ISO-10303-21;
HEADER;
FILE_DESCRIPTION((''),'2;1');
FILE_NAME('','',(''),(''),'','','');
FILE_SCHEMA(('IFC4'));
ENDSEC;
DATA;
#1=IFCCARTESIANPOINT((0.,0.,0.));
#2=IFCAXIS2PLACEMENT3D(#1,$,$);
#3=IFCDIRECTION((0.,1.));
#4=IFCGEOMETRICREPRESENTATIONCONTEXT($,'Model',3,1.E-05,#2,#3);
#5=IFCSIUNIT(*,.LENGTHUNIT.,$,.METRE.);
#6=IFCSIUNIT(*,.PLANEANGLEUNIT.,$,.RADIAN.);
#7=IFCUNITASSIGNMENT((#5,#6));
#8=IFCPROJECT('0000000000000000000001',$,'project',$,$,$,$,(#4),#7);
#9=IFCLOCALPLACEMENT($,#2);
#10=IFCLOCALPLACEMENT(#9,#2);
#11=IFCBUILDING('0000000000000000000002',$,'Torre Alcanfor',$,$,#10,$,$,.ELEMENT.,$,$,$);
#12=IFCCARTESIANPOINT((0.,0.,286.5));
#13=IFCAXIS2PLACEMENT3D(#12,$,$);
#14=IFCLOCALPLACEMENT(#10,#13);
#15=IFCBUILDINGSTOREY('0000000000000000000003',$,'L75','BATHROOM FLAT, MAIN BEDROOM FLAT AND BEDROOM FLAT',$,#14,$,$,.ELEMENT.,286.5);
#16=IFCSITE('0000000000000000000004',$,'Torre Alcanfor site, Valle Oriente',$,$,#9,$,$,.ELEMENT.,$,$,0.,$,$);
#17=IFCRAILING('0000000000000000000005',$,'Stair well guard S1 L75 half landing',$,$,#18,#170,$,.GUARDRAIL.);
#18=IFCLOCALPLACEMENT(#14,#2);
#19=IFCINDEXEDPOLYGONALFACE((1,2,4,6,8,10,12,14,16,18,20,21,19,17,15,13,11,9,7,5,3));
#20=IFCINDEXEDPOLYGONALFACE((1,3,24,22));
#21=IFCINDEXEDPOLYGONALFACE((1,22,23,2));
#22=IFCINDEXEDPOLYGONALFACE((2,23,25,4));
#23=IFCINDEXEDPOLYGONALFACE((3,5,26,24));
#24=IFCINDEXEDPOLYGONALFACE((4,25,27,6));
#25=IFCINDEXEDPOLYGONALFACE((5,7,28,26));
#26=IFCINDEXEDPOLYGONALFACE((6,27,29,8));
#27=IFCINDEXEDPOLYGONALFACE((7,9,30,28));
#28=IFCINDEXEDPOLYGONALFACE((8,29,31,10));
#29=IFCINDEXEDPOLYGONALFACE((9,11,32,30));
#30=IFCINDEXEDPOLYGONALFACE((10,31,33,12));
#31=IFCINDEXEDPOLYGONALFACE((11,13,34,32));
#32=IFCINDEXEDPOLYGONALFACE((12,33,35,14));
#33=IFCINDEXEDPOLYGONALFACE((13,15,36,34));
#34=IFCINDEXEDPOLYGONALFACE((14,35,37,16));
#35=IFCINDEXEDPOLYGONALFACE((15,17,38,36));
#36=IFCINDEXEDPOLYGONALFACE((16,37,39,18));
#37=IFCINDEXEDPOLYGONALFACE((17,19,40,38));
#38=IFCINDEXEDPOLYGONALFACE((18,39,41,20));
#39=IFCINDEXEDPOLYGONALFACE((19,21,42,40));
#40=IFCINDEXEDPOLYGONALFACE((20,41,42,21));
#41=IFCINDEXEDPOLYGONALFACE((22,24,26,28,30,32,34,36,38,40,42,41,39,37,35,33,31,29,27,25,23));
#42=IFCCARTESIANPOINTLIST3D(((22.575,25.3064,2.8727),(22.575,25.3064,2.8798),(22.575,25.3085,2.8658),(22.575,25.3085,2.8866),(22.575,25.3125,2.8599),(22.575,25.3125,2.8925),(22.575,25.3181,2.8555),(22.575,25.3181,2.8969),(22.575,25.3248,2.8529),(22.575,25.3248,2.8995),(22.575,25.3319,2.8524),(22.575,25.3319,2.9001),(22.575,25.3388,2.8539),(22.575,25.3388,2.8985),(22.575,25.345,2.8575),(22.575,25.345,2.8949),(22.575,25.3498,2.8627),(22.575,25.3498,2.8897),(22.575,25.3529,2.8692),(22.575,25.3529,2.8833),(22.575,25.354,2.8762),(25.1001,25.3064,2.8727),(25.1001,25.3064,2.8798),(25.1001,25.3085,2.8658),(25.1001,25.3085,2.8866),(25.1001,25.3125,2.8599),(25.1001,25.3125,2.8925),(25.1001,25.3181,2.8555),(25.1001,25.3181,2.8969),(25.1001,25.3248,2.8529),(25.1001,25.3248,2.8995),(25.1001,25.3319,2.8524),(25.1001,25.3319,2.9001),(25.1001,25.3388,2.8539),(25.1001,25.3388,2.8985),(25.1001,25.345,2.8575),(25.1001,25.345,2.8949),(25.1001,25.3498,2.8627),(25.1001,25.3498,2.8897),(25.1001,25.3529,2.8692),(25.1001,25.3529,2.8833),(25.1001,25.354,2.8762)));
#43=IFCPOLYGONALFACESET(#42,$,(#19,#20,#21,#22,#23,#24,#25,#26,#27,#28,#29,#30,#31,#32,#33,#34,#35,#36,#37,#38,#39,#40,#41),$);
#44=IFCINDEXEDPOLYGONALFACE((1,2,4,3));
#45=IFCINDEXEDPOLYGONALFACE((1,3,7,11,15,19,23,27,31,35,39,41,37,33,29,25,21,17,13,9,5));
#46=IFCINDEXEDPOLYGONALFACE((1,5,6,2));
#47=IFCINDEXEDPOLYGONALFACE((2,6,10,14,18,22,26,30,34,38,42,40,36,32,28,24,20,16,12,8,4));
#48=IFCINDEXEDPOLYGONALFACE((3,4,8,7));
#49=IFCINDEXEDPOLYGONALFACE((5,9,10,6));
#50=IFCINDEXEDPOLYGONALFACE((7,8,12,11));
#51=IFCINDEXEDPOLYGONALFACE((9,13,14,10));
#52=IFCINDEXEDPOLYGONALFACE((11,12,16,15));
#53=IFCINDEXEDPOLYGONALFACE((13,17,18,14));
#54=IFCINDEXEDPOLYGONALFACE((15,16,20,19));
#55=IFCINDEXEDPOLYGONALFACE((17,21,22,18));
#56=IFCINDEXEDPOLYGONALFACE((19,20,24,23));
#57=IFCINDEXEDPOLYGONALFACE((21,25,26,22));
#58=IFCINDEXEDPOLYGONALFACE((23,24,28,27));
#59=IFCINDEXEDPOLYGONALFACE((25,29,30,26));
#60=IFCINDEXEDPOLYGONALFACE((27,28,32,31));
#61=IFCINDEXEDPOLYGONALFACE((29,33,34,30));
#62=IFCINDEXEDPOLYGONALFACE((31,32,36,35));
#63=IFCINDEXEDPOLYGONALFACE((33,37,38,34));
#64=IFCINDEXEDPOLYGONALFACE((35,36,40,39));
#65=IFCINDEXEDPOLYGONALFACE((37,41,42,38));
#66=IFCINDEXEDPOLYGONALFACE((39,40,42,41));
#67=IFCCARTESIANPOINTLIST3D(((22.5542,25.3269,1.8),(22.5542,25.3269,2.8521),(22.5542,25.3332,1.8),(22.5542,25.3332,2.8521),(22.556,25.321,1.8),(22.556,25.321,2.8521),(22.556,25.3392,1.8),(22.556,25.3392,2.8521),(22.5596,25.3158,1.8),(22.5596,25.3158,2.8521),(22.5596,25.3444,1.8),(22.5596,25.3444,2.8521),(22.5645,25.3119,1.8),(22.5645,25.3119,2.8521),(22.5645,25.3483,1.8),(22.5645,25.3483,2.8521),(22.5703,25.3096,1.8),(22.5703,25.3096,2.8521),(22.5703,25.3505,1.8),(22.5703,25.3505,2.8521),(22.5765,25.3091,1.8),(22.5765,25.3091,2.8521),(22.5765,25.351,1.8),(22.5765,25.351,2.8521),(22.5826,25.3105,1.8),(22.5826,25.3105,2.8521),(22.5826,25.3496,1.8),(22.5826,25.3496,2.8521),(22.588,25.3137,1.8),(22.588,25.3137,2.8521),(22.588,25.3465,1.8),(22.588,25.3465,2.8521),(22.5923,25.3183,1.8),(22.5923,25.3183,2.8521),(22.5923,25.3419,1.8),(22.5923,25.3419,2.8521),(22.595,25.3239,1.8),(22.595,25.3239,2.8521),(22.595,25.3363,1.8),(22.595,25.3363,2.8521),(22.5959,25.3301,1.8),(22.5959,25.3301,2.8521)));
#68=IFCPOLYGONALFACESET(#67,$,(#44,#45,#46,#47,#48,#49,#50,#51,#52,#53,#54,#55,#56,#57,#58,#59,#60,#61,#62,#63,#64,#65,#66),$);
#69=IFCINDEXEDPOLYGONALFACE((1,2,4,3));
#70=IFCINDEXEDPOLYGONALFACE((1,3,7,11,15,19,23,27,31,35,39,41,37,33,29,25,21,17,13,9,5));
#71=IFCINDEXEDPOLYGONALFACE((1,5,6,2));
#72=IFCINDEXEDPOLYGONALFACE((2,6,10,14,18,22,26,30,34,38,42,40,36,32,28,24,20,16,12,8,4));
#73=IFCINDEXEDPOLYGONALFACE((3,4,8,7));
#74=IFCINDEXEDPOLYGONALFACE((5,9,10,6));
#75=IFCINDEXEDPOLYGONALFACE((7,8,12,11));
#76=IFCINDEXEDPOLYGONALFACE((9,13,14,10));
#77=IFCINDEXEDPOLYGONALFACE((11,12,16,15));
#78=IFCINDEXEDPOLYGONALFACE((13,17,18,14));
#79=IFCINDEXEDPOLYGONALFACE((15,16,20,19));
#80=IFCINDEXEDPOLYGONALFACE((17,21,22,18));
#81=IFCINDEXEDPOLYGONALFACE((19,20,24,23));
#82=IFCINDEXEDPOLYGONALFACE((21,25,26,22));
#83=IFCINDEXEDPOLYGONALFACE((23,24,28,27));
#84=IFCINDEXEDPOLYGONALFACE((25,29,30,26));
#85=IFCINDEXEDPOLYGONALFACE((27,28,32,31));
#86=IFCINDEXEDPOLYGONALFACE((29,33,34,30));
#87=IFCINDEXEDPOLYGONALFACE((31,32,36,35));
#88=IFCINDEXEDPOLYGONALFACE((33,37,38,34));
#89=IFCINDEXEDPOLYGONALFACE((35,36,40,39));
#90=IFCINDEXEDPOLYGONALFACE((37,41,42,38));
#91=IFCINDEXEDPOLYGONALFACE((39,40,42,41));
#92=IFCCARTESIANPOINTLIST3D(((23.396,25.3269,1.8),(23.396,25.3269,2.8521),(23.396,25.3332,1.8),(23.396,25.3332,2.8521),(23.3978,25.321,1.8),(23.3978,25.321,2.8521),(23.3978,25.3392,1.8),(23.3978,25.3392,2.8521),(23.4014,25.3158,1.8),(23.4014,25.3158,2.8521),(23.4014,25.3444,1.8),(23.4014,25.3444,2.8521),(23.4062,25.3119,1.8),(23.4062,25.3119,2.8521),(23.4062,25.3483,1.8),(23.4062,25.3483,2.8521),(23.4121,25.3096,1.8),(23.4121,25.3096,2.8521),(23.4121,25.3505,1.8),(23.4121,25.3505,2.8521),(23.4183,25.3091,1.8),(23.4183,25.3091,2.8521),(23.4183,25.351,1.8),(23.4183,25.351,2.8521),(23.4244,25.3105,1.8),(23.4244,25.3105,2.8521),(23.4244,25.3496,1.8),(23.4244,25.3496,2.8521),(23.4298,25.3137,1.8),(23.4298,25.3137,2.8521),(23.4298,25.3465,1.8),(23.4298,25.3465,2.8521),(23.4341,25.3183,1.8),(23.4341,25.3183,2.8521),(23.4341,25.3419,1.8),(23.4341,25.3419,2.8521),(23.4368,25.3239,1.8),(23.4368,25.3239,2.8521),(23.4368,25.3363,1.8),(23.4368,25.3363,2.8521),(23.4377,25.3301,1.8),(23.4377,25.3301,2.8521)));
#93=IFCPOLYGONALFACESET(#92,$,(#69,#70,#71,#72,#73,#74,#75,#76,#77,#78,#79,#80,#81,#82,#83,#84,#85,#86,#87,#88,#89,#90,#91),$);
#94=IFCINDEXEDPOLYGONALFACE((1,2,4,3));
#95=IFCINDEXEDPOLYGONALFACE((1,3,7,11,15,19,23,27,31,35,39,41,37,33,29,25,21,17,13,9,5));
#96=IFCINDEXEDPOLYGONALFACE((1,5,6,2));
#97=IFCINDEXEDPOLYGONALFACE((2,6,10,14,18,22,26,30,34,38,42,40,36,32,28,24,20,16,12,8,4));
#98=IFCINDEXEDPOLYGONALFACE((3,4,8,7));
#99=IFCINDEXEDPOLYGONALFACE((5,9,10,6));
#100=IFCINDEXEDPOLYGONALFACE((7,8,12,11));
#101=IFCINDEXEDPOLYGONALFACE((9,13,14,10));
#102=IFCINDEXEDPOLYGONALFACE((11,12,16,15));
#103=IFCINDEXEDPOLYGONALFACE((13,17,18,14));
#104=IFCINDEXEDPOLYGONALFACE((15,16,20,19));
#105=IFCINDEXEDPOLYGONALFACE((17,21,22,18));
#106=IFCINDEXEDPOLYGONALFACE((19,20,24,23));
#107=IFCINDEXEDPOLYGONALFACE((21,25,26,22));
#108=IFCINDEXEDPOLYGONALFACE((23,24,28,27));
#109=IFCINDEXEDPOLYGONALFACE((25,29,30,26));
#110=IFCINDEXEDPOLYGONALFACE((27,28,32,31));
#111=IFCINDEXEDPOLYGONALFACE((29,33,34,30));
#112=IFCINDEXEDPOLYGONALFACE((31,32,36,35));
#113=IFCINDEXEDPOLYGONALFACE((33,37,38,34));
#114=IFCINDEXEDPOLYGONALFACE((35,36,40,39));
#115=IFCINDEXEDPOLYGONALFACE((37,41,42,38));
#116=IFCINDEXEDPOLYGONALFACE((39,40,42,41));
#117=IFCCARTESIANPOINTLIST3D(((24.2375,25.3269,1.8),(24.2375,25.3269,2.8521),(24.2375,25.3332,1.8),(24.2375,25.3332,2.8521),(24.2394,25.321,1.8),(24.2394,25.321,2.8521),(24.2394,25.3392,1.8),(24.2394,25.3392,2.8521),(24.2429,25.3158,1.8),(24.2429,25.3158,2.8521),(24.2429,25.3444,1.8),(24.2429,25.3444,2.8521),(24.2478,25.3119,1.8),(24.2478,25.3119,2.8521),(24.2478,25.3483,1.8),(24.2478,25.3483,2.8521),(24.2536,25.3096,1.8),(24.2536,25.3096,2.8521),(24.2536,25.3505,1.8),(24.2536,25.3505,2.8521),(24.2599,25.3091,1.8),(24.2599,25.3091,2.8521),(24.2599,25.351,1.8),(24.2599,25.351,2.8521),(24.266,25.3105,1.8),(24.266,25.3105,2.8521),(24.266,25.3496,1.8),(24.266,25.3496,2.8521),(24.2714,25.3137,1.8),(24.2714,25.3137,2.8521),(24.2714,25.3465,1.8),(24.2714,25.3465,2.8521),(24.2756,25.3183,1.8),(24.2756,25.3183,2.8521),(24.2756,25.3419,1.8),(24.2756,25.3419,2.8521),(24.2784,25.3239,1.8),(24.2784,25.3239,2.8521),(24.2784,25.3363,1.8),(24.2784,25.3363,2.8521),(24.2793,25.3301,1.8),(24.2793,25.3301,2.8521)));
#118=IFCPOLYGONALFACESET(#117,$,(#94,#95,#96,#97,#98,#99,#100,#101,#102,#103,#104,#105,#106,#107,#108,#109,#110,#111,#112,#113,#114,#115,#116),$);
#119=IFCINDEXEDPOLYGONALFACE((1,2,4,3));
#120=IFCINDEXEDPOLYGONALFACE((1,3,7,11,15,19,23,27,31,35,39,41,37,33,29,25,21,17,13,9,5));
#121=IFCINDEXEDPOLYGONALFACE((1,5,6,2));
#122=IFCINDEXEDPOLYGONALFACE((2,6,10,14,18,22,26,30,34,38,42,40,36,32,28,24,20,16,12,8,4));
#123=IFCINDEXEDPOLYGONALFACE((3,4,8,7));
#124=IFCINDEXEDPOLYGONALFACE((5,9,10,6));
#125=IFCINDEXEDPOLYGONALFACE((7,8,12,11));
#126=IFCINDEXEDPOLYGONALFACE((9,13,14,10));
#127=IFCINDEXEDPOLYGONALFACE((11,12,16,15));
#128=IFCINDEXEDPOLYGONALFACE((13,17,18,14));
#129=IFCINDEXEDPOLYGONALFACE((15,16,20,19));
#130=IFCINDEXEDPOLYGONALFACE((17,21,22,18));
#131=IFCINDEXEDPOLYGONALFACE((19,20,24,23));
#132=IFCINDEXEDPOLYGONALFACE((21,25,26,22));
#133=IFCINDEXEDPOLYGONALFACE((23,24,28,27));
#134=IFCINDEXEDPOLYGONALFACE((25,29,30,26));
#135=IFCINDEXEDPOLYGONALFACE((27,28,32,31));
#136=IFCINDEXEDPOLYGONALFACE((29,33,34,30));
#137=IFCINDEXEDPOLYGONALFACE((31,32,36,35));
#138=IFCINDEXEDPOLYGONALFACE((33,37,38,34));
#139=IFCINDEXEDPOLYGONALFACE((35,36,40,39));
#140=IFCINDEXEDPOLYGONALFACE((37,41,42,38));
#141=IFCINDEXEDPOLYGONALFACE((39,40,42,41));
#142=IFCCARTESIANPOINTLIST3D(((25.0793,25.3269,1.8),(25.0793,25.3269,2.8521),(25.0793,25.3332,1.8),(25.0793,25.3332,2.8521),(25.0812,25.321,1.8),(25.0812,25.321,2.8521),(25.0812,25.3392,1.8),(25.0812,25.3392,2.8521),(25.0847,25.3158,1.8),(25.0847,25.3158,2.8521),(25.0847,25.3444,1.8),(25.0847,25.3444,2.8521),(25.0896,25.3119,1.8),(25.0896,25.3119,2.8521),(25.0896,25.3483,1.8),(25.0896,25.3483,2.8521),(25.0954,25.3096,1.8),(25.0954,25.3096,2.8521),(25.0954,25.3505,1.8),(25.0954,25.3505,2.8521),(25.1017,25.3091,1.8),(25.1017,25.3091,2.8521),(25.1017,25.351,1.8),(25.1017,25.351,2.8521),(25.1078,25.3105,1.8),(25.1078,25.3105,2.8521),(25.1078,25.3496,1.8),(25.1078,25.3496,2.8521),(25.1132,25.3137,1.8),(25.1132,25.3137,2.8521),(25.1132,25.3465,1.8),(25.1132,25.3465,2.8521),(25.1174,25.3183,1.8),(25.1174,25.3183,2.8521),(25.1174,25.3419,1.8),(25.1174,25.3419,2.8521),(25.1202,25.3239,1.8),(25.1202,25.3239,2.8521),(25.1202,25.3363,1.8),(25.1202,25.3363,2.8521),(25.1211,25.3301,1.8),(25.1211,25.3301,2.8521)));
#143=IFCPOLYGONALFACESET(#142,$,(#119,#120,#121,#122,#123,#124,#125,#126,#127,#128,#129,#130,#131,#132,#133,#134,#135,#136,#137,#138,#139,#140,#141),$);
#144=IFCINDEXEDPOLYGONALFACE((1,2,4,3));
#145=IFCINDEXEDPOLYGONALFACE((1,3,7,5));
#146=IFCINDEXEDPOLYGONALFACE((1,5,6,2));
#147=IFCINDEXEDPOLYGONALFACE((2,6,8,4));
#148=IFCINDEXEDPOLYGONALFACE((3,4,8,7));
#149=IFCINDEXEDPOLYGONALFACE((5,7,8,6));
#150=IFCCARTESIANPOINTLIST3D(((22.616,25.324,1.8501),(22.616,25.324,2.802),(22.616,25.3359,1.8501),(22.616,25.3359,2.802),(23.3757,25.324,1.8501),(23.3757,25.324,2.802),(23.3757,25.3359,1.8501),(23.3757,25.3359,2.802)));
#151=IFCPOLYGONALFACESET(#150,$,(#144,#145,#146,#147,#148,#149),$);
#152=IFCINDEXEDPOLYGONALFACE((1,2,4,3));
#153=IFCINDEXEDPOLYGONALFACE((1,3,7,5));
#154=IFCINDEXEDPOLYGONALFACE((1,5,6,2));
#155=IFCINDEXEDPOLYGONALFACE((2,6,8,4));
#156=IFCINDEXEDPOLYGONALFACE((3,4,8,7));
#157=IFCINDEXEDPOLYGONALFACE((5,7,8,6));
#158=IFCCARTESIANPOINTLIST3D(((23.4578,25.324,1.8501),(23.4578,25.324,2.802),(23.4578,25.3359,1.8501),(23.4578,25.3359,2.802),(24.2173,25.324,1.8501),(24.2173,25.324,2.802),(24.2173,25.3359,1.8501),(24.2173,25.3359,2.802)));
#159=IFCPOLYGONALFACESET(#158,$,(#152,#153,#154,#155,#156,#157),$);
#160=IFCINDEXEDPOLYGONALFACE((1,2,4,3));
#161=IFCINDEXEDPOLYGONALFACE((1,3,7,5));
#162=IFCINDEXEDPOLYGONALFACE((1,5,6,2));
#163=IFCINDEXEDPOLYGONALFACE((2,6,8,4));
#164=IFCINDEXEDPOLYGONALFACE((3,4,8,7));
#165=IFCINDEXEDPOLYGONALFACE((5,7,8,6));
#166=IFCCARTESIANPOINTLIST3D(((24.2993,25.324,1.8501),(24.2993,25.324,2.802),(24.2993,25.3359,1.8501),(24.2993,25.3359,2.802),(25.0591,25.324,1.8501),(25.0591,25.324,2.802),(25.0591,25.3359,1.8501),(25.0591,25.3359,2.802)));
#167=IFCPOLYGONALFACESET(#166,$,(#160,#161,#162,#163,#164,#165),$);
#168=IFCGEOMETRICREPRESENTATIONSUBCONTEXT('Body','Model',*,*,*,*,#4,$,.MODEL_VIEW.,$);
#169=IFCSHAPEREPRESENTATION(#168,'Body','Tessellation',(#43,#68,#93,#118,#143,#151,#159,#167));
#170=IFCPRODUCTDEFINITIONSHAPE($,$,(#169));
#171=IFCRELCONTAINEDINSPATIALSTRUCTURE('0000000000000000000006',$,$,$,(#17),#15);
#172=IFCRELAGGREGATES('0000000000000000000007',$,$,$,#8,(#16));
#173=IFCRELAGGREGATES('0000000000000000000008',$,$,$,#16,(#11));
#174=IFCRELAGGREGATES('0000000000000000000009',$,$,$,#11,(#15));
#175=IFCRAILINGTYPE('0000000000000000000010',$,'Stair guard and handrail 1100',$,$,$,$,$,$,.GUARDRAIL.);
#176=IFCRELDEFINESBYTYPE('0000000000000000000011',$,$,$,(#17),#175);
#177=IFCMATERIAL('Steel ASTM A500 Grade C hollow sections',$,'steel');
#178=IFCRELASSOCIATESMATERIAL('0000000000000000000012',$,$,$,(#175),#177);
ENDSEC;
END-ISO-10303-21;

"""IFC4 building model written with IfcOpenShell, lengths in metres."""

from ifc_helpers import new_model, si_unit, direction, frame, origin, origin_2d, place, context, subcontext, project, spatial, polyline, circle, outline, extrude, material, type_object, element, save


model = new_model("IFC4")

# Units and contexts
model_context = context("Model", 3, precision=1e-05, world=origin(), true_north=direction((0.0, 1.0)))
body_context = subcontext(model_context, "Body", "Model", "MODEL_VIEW")
ifc_project = project(units=[si_unit("LENGTHUNIT", "METRE"), si_unit("PLANEANGLEUNIT", "RADIAN")], contexts=[model_context])

# Site, building, storey
site_placement = place(None, origin())
site = spatial("IfcSite", under=ifc_project, at=site_placement, Name="Torre Alcanfor site, Valle Oriente", CompositionType="ELEMENT", RefElevation=0.0)
building_placement = place(site_placement, origin())
building = spatial("IfcBuilding", under=site, at=building_placement, Name="Torre Alcanfor", CompositionType="ELEMENT")
storey_placement = place(building_placement, frame((0.0, 0.0, 286.5)))
storey = spatial("IfcBuildingStorey", under=building, at=storey_placement, Name="L75", Description="BATHROOM FLAT, MAIN BEDROOM FLAT AND BEDROOM FLAT", CompositionType="ELEMENT", Elevation=286.5)

# Railing
ifc_material_1 = material(Name="Steel ASTM A500 Grade C hollow sections", Category="steel")
railing_type_1 = type_object("IfcRailingType", Name="Stair guard and handrail 1100", PredefinedType="GUARDRAIL", material=ifc_material_1)
for number, where, name in (
    (1, (22.575, 25.3301, 1.8), "Stair well guard S1 L75 half landing"),
):
    element("IfcRailing", number, at=place(storey_placement, frame(where)), inside=storey, type_object=railing_type_1, Name=name, PredefinedType="GUARDRAIL", context=body_context, shape_type="SweptSolid", body=[
        extrude(circle(Radius=0.0239, at=origin_2d()), frame((0.0, 0.0, 1.0762), z_axis=(1.0, 0.0, 0.0), x_axis=(0.0, 1.0, 0.0)), (0.0, 0.0, 1.0), 2.5251),
        extrude(circle(Radius=0.021, at=origin_2d()), origin(), (0.0, 0.0, 1.0), 1.052),
        extrude(circle(Radius=0.021, at=origin_2d()), frame((0.8418, 0.0, 0.0)), (0.0, 0.0, 1.0), 1.052),
        extrude(circle(Radius=0.021, at=origin_2d()), frame((1.6833, 0.0, 0.0)), (0.0, 0.0, 1.0), 1.052),
        extrude(circle(Radius=0.021, at=origin_2d()), frame((2.5251, 0.0, 0.0)), (0.0, 0.0, 1.0), 1.052),
        extrude(outline(polyline([(0.041, 0.05), (0.8008, 0.05), (0.8008, 1.002), (0.041, 1.002), (0.041, 0.05)])), frame((0.0, 0.0059, 0.0), z_axis=(0.0, -1.0, 0.0), x_axis=(1.0, 0.0, 0.0)), (0.0, 0.0, 1.0), 0.012),
        extrude(outline(polyline([(0.8828, 0.05), (1.6423, 0.05), (1.6423, 1.002), (0.8828, 1.002), (0.8828, 0.05)])), frame((0.0, 0.0059, 0.0), z_axis=(0.0, -1.0, 0.0), x_axis=(1.0, 0.0, 0.0)), (0.0, 0.0, 1.0), 0.012),
        extrude(outline(polyline([(1.7244, 0.05), (2.4841, 0.05), (2.4841, 1.002), (1.7244, 1.002), (1.7244, 0.05)])), frame((0.0, 0.0059, 0.0), z_axis=(0.0, -1.0, 0.0), x_axis=(1.0, 0.0, 0.0)), (0.0, 0.0, 1.0), 0.012),
    ])

save(model, "model.ifc")
